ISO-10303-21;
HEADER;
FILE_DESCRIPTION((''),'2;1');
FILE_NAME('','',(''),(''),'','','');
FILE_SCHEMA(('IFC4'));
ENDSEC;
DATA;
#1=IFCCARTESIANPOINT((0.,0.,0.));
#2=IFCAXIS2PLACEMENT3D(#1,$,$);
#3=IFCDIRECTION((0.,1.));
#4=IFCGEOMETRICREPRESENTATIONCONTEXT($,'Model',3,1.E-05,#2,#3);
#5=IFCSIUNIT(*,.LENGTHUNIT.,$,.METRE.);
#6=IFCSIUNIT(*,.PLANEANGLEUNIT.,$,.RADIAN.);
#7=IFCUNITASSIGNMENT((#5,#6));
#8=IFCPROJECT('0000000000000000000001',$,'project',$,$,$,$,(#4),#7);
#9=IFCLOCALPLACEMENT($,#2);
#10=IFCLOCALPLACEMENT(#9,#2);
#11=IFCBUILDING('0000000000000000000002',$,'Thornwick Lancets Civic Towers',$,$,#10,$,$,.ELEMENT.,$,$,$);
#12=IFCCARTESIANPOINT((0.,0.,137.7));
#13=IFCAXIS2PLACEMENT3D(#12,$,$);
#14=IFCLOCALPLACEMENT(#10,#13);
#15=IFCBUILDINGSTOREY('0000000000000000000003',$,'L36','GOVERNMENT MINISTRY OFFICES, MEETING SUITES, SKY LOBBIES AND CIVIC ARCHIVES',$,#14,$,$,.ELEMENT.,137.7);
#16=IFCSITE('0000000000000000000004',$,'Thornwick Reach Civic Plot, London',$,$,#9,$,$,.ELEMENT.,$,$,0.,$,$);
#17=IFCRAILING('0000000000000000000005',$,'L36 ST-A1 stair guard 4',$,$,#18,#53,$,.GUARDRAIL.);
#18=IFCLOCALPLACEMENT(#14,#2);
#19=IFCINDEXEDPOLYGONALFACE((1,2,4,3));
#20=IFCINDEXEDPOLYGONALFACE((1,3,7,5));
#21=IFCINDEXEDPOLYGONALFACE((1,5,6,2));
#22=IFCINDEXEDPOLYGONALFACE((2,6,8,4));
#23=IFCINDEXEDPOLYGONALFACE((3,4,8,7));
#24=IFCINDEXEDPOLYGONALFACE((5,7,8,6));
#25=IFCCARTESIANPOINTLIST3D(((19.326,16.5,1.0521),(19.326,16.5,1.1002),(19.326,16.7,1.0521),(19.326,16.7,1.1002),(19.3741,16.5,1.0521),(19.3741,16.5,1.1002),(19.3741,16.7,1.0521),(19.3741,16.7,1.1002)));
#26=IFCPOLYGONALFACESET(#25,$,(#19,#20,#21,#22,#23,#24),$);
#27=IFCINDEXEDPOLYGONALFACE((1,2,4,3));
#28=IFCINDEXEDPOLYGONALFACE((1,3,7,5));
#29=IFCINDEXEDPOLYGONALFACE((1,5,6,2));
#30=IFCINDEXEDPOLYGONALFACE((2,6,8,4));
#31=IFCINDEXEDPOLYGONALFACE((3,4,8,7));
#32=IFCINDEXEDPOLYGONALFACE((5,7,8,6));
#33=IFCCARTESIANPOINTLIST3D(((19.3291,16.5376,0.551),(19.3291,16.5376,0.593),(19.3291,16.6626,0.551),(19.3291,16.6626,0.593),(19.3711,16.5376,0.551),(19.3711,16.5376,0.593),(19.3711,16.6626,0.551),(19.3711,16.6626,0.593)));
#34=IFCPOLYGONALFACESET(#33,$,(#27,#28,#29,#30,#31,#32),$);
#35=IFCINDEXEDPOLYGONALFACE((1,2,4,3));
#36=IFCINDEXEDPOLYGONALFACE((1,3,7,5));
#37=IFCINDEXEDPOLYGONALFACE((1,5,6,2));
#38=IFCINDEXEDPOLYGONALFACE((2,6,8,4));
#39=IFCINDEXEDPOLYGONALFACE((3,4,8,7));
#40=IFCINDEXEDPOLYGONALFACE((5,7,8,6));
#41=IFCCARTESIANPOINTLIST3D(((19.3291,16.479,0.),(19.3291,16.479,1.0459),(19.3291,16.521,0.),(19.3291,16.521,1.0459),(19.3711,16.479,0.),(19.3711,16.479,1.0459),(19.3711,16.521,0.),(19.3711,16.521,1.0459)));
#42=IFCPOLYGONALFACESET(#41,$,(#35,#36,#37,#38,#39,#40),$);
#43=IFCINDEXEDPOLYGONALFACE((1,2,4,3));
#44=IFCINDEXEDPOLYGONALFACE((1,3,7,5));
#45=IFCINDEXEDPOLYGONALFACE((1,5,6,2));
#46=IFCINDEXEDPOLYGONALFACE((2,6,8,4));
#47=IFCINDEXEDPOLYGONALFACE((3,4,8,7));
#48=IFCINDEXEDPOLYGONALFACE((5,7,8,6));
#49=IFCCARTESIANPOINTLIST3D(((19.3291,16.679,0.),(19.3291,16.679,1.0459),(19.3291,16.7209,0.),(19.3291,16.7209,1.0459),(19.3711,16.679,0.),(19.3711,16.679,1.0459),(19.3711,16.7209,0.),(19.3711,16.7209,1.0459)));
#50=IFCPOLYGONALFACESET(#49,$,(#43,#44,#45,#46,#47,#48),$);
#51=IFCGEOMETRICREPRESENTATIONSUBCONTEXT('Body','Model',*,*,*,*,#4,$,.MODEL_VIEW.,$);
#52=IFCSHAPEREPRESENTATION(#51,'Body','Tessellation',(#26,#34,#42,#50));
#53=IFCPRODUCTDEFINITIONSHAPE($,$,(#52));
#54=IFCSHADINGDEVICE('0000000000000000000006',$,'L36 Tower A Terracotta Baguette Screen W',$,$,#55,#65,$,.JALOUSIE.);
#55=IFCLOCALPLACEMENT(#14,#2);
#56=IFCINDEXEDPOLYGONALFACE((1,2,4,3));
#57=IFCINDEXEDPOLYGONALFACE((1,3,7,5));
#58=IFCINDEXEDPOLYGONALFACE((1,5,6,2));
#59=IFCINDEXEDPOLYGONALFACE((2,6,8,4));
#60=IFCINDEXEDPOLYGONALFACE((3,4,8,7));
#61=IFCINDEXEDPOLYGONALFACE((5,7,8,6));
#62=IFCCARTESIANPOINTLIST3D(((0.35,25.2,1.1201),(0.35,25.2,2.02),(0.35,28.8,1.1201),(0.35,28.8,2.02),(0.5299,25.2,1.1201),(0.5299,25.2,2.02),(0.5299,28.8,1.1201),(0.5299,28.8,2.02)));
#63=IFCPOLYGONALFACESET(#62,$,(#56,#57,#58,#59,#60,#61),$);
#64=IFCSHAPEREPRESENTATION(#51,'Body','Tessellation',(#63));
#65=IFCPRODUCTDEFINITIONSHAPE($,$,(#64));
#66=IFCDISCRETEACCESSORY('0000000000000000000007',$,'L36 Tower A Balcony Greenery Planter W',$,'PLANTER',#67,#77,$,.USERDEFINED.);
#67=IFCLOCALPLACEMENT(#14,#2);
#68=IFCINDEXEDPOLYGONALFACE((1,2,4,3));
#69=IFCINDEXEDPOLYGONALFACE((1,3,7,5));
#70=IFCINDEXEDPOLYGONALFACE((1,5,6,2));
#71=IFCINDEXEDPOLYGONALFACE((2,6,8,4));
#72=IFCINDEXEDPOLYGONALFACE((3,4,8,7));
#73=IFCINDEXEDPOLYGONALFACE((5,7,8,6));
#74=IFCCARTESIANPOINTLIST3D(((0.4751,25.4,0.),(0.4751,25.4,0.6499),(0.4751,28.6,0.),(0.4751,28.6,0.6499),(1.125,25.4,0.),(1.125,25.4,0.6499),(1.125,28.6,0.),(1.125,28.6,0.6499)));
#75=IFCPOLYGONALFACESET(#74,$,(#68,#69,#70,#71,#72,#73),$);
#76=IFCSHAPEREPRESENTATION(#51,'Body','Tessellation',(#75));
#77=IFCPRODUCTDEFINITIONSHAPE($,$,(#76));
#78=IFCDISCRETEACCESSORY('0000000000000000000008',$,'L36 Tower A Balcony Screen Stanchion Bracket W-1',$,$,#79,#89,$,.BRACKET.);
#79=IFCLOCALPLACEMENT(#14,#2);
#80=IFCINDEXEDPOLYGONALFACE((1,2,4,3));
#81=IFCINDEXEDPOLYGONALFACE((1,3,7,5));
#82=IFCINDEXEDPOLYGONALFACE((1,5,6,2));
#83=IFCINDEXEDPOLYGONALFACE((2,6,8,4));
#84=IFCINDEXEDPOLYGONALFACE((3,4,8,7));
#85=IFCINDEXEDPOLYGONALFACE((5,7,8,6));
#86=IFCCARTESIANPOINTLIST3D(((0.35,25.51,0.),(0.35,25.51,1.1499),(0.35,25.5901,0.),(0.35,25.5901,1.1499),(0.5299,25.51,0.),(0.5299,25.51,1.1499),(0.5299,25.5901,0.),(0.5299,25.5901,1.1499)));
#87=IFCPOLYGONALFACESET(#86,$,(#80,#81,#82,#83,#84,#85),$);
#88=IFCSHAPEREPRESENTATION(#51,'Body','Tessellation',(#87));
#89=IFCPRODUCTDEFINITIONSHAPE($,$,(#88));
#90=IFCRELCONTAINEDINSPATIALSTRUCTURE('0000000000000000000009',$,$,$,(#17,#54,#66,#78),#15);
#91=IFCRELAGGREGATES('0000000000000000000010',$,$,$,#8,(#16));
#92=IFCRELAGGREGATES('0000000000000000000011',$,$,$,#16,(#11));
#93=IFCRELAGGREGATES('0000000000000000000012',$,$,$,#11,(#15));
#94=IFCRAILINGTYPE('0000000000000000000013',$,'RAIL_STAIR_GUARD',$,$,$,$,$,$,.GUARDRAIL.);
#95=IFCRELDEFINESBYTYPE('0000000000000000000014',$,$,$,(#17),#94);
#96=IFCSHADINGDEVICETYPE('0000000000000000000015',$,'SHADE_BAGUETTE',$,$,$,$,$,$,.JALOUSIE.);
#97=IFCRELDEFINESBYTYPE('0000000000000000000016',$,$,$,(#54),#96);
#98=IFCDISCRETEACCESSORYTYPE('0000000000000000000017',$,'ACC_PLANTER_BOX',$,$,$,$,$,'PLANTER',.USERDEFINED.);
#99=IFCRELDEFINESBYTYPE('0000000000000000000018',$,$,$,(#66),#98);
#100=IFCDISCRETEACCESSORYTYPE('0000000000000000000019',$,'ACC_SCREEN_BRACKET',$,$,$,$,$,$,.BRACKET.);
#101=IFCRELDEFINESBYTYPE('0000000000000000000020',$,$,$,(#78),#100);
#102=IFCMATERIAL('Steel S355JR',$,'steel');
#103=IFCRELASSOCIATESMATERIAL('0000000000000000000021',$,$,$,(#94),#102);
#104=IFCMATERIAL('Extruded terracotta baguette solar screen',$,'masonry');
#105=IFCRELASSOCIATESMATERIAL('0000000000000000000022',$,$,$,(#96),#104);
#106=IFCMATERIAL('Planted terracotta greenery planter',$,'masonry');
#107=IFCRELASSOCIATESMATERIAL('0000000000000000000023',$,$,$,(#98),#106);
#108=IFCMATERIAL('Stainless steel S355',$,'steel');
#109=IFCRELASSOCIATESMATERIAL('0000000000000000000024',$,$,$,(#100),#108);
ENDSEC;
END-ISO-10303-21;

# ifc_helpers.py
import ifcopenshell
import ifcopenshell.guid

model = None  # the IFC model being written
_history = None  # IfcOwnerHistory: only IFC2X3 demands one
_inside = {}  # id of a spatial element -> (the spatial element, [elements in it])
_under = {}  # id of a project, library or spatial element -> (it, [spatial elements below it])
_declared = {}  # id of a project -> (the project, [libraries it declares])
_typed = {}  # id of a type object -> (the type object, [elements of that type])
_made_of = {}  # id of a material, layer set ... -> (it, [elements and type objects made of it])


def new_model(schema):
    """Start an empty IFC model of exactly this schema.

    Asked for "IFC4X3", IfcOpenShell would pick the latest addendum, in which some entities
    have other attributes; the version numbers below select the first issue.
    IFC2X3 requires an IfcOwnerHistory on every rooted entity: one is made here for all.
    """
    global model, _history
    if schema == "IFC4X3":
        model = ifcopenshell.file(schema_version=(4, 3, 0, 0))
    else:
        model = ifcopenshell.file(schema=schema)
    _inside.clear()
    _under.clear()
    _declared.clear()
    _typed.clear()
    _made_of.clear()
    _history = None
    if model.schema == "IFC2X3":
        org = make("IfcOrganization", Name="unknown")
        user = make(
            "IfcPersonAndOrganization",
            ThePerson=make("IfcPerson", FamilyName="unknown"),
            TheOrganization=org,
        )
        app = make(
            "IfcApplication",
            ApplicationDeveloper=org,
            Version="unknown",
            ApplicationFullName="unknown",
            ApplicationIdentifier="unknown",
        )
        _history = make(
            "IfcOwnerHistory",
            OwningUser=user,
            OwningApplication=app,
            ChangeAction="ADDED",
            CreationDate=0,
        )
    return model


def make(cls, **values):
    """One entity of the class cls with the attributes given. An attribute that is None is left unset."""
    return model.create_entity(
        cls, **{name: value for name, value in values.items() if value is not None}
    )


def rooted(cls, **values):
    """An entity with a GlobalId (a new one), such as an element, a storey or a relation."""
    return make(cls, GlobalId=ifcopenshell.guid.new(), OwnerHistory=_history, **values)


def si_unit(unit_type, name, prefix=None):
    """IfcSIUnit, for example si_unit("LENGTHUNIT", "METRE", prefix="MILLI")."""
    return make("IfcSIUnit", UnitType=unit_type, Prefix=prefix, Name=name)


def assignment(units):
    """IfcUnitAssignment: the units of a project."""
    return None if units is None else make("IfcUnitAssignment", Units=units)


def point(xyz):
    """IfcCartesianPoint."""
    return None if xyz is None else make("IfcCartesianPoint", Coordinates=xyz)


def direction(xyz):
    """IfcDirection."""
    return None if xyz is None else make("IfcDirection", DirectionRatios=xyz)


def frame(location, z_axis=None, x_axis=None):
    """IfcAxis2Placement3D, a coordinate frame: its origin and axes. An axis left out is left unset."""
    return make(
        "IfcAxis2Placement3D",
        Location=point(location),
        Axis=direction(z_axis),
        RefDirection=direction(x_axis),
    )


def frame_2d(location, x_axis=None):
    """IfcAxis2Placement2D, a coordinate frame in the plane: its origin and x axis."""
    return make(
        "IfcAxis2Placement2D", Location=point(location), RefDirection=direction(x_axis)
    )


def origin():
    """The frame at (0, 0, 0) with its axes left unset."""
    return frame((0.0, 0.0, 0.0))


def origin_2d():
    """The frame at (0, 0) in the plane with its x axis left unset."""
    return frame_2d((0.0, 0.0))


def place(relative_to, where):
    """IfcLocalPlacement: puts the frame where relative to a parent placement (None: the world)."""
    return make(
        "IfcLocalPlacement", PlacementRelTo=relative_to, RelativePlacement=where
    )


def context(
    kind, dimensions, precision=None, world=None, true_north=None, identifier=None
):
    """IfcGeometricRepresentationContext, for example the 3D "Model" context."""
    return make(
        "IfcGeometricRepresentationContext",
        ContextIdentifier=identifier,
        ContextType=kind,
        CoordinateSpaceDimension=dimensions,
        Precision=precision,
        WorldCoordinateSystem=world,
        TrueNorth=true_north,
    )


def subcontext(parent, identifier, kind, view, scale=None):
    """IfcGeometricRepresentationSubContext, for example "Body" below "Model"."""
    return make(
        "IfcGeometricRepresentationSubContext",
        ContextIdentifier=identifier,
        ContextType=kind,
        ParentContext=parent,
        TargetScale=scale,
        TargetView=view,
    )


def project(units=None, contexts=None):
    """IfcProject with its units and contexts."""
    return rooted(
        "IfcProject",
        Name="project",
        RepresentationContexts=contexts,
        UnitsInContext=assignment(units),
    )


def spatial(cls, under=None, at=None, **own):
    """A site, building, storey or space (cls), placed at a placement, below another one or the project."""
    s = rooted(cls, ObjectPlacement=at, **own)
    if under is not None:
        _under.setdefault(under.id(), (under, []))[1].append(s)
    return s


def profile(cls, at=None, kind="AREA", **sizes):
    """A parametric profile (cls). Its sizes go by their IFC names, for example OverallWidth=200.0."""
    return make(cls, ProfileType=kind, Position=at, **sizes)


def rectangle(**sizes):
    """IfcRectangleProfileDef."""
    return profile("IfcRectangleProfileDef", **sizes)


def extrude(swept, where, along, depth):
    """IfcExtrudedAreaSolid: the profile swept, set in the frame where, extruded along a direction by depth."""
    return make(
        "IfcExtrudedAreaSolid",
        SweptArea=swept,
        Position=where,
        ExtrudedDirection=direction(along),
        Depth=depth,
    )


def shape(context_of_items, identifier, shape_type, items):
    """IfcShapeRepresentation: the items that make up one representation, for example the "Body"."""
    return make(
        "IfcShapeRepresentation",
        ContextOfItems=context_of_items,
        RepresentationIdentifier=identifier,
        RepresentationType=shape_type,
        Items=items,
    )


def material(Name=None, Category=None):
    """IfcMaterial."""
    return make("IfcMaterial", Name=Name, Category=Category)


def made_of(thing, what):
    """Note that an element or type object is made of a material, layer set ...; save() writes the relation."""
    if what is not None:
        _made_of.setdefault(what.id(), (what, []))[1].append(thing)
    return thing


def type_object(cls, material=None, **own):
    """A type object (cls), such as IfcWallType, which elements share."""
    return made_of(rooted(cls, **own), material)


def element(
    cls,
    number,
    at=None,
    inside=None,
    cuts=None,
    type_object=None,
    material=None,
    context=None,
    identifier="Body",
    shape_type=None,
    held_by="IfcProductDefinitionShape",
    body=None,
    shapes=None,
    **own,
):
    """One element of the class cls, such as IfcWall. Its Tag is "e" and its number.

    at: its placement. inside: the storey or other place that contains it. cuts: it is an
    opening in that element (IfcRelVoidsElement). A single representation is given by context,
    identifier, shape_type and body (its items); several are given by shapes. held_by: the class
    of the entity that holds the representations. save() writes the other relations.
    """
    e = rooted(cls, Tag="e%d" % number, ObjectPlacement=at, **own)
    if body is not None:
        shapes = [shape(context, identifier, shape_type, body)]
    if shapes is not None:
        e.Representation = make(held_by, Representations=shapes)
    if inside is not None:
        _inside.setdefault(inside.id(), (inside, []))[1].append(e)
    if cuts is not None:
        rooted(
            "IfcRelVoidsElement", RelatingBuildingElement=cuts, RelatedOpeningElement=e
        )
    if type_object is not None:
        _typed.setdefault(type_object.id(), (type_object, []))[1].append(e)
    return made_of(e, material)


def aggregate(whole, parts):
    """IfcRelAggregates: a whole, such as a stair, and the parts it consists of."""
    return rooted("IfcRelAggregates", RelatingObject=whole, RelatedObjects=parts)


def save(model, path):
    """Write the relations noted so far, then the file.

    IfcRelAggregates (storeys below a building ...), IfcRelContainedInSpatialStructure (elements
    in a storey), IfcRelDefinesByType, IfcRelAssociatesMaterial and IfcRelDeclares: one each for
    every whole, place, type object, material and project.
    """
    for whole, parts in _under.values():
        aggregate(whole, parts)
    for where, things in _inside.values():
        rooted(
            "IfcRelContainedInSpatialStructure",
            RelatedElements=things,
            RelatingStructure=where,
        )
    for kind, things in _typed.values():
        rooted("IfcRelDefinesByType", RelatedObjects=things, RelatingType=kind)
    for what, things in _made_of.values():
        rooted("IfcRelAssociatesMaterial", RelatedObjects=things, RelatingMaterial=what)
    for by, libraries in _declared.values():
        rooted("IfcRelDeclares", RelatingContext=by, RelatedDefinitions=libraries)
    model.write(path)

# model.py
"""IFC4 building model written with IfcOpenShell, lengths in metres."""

from ifc_helpers import new_model, si_unit, direction, frame, origin, origin_2d, place, context, subcontext, project, spatial, rectangle, extrude, material, type_object, element, save


model = new_model("IFC4")

# Units and contexts
model_context = context("Model", 3, precision=1e-05, world=origin(), true_north=direction((0.0, 1.0)))
body_context = subcontext(model_context, "Body", "Model", "MODEL_VIEW")
ifc_project = project(units=[si_unit("LENGTHUNIT", "METRE"), si_unit("PLANEANGLEUNIT", "RADIAN")], contexts=[model_context])

# Site, building, storey
site_placement = place(None, origin())
site = spatial("IfcSite", under=ifc_project, at=site_placement, Name="Thornwick Reach Civic Plot, London", CompositionType="ELEMENT", RefElevation=0.0)
building_placement = place(site_placement, origin())
building = spatial("IfcBuilding", under=site, at=building_placement, Name="Thornwick Lancets Civic Towers", CompositionType="ELEMENT")
storey_placement = place(building_placement, frame((0.0, 0.0, 137.7)))
storey = spatial("IfcBuildingStorey", under=building, at=storey_placement, Name="L36", Description="GOVERNMENT MINISTRY OFFICES, MEETING SUITES, SKY LOBBIES AND CIVIC ARCHIVES", CompositionType="ELEMENT", Elevation=137.7)

# Railing
ifc_material_1 = material(Name="Steel S355JR", Category="steel")
railing_type_1 = type_object("IfcRailingType", Name="RAIL_STAIR_GUARD", PredefinedType="GUARDRAIL", material=ifc_material_1)
railing_1_placement = place(storey_placement, frame((19.3501, 16.5, 0.0)))
element("IfcRailing", 1, at=railing_1_placement, inside=storey, type_object=railing_type_1, Name="L36 ST-A1 stair guard 4", PredefinedType="GUARDRAIL", context=body_context, shape_type="SweptSolid", body=[
    extrude(rectangle(XDim=0.0481, YDim=0.0481, at=origin_2d()), frame((0.0, 0.0, 1.0762), z_axis=(0.0, 1.0, 0.0), x_axis=(-1.0, 0.0, 0.0)), (0.0, 0.0, 1.0), 0.2),
    extrude(rectangle(XDim=0.042, YDim=0.042, at=origin_2d()), frame((0.0, 0.0376, 0.572), z_axis=(0.0, 1.0, 0.0), x_axis=(-1.0, 0.0, 0.0)), (0.0, 0.0, 1.0), 0.125),
    extrude(rectangle(XDim=0.042, YDim=0.042, at=origin_2d()), origin(), (0.0, 0.0, 1.0), 1.0459),
    extrude(rectangle(XDim=0.042, YDim=0.042, at=origin_2d()), frame((0.0, 0.2, 0.0)), (0.0, 0.0, 1.0), 1.0459),
])

# Shading device
ifc_material_2 = material(Name="Extruded terracotta baguette solar screen", Category="masonry")
shading_device_type = type_object("IfcShadingDeviceType", Name="SHADE_BAGUETTE", PredefinedType="JALOUSIE", material=ifc_material_2)
shading_device_placement = place(storey_placement, frame((0.4399, 27.0, 1.1201), z_axis=(0.0, 0.0, 1.0), x_axis=(0.0, 1.0, 0.0)))
element("IfcShadingDevice", 2, at=shading_device_placement, inside=storey, type_object=shading_device_type, Name="L36 Tower A Terracotta Baguette Screen W", PredefinedType="JALOUSIE", context=body_context, shape_type="SweptSolid", body=[
    extrude(rectangle(XDim=3.6001, YDim=0.1799, at=origin_2d()), origin(), (0.0, 0.0, 1.0), 0.8999),
])

# Discrete accessories
ifc_material_3 = material(Name="Planted terracotta greenery planter", Category="masonry")
discrete_accessory_type_1 = type_object("IfcDiscreteAccessoryType", Name="ACC_PLANTER_BOX", ElementType="PLANTER", PredefinedType="USERDEFINED", material=ifc_material_3)
discrete_accessory_1_placement = place(storey_placement, frame((0.8, 27.0, 0.0), z_axis=(0.0, 0.0, 1.0), x_axis=(1.0, 0.0, 0.0)))
element("IfcDiscreteAccessory", 3, at=discrete_accessory_1_placement, inside=storey, type_object=discrete_accessory_type_1, Name="L36 Tower A Balcony Greenery Planter W", ObjectType="PLANTER", PredefinedType="USERDEFINED", context=body_context, shape_type="SweptSolid", body=[
    extrude(rectangle(XDim=0.6499, YDim=3.2, at=origin_2d()), origin(), (0.0, 0.0, 1.0), 0.6499),
])
ifc_material_4 = material(Name="Stainless steel S355", Category="steel")
discrete_accessory_type_2 = type_object("IfcDiscreteAccessoryType", Name="ACC_SCREEN_BRACKET", PredefinedType="BRACKET", material=ifc_material_4)
discrete_accessory_2_placement = place(storey_placement, frame((0.4399, 25.55, 0.0), z_axis=(0.0, 0.0, 1.0), x_axis=(0.0, 1.0, 0.0)))
element("IfcDiscreteAccessory", 4, at=discrete_accessory_2_placement, inside=storey, type_object=discrete_accessory_type_2, Name="L36 Tower A Balcony Screen Stanchion Bracket W-1", PredefinedType="BRACKET", context=body_context, shape_type="SweptSolid", body=[
    extrude(rectangle(XDim=0.0801, YDim=0.1799, at=origin_2d()), origin(), (0.0, 0.0, 1.0), 1.1499),
])

save(model, "model.ifc")
